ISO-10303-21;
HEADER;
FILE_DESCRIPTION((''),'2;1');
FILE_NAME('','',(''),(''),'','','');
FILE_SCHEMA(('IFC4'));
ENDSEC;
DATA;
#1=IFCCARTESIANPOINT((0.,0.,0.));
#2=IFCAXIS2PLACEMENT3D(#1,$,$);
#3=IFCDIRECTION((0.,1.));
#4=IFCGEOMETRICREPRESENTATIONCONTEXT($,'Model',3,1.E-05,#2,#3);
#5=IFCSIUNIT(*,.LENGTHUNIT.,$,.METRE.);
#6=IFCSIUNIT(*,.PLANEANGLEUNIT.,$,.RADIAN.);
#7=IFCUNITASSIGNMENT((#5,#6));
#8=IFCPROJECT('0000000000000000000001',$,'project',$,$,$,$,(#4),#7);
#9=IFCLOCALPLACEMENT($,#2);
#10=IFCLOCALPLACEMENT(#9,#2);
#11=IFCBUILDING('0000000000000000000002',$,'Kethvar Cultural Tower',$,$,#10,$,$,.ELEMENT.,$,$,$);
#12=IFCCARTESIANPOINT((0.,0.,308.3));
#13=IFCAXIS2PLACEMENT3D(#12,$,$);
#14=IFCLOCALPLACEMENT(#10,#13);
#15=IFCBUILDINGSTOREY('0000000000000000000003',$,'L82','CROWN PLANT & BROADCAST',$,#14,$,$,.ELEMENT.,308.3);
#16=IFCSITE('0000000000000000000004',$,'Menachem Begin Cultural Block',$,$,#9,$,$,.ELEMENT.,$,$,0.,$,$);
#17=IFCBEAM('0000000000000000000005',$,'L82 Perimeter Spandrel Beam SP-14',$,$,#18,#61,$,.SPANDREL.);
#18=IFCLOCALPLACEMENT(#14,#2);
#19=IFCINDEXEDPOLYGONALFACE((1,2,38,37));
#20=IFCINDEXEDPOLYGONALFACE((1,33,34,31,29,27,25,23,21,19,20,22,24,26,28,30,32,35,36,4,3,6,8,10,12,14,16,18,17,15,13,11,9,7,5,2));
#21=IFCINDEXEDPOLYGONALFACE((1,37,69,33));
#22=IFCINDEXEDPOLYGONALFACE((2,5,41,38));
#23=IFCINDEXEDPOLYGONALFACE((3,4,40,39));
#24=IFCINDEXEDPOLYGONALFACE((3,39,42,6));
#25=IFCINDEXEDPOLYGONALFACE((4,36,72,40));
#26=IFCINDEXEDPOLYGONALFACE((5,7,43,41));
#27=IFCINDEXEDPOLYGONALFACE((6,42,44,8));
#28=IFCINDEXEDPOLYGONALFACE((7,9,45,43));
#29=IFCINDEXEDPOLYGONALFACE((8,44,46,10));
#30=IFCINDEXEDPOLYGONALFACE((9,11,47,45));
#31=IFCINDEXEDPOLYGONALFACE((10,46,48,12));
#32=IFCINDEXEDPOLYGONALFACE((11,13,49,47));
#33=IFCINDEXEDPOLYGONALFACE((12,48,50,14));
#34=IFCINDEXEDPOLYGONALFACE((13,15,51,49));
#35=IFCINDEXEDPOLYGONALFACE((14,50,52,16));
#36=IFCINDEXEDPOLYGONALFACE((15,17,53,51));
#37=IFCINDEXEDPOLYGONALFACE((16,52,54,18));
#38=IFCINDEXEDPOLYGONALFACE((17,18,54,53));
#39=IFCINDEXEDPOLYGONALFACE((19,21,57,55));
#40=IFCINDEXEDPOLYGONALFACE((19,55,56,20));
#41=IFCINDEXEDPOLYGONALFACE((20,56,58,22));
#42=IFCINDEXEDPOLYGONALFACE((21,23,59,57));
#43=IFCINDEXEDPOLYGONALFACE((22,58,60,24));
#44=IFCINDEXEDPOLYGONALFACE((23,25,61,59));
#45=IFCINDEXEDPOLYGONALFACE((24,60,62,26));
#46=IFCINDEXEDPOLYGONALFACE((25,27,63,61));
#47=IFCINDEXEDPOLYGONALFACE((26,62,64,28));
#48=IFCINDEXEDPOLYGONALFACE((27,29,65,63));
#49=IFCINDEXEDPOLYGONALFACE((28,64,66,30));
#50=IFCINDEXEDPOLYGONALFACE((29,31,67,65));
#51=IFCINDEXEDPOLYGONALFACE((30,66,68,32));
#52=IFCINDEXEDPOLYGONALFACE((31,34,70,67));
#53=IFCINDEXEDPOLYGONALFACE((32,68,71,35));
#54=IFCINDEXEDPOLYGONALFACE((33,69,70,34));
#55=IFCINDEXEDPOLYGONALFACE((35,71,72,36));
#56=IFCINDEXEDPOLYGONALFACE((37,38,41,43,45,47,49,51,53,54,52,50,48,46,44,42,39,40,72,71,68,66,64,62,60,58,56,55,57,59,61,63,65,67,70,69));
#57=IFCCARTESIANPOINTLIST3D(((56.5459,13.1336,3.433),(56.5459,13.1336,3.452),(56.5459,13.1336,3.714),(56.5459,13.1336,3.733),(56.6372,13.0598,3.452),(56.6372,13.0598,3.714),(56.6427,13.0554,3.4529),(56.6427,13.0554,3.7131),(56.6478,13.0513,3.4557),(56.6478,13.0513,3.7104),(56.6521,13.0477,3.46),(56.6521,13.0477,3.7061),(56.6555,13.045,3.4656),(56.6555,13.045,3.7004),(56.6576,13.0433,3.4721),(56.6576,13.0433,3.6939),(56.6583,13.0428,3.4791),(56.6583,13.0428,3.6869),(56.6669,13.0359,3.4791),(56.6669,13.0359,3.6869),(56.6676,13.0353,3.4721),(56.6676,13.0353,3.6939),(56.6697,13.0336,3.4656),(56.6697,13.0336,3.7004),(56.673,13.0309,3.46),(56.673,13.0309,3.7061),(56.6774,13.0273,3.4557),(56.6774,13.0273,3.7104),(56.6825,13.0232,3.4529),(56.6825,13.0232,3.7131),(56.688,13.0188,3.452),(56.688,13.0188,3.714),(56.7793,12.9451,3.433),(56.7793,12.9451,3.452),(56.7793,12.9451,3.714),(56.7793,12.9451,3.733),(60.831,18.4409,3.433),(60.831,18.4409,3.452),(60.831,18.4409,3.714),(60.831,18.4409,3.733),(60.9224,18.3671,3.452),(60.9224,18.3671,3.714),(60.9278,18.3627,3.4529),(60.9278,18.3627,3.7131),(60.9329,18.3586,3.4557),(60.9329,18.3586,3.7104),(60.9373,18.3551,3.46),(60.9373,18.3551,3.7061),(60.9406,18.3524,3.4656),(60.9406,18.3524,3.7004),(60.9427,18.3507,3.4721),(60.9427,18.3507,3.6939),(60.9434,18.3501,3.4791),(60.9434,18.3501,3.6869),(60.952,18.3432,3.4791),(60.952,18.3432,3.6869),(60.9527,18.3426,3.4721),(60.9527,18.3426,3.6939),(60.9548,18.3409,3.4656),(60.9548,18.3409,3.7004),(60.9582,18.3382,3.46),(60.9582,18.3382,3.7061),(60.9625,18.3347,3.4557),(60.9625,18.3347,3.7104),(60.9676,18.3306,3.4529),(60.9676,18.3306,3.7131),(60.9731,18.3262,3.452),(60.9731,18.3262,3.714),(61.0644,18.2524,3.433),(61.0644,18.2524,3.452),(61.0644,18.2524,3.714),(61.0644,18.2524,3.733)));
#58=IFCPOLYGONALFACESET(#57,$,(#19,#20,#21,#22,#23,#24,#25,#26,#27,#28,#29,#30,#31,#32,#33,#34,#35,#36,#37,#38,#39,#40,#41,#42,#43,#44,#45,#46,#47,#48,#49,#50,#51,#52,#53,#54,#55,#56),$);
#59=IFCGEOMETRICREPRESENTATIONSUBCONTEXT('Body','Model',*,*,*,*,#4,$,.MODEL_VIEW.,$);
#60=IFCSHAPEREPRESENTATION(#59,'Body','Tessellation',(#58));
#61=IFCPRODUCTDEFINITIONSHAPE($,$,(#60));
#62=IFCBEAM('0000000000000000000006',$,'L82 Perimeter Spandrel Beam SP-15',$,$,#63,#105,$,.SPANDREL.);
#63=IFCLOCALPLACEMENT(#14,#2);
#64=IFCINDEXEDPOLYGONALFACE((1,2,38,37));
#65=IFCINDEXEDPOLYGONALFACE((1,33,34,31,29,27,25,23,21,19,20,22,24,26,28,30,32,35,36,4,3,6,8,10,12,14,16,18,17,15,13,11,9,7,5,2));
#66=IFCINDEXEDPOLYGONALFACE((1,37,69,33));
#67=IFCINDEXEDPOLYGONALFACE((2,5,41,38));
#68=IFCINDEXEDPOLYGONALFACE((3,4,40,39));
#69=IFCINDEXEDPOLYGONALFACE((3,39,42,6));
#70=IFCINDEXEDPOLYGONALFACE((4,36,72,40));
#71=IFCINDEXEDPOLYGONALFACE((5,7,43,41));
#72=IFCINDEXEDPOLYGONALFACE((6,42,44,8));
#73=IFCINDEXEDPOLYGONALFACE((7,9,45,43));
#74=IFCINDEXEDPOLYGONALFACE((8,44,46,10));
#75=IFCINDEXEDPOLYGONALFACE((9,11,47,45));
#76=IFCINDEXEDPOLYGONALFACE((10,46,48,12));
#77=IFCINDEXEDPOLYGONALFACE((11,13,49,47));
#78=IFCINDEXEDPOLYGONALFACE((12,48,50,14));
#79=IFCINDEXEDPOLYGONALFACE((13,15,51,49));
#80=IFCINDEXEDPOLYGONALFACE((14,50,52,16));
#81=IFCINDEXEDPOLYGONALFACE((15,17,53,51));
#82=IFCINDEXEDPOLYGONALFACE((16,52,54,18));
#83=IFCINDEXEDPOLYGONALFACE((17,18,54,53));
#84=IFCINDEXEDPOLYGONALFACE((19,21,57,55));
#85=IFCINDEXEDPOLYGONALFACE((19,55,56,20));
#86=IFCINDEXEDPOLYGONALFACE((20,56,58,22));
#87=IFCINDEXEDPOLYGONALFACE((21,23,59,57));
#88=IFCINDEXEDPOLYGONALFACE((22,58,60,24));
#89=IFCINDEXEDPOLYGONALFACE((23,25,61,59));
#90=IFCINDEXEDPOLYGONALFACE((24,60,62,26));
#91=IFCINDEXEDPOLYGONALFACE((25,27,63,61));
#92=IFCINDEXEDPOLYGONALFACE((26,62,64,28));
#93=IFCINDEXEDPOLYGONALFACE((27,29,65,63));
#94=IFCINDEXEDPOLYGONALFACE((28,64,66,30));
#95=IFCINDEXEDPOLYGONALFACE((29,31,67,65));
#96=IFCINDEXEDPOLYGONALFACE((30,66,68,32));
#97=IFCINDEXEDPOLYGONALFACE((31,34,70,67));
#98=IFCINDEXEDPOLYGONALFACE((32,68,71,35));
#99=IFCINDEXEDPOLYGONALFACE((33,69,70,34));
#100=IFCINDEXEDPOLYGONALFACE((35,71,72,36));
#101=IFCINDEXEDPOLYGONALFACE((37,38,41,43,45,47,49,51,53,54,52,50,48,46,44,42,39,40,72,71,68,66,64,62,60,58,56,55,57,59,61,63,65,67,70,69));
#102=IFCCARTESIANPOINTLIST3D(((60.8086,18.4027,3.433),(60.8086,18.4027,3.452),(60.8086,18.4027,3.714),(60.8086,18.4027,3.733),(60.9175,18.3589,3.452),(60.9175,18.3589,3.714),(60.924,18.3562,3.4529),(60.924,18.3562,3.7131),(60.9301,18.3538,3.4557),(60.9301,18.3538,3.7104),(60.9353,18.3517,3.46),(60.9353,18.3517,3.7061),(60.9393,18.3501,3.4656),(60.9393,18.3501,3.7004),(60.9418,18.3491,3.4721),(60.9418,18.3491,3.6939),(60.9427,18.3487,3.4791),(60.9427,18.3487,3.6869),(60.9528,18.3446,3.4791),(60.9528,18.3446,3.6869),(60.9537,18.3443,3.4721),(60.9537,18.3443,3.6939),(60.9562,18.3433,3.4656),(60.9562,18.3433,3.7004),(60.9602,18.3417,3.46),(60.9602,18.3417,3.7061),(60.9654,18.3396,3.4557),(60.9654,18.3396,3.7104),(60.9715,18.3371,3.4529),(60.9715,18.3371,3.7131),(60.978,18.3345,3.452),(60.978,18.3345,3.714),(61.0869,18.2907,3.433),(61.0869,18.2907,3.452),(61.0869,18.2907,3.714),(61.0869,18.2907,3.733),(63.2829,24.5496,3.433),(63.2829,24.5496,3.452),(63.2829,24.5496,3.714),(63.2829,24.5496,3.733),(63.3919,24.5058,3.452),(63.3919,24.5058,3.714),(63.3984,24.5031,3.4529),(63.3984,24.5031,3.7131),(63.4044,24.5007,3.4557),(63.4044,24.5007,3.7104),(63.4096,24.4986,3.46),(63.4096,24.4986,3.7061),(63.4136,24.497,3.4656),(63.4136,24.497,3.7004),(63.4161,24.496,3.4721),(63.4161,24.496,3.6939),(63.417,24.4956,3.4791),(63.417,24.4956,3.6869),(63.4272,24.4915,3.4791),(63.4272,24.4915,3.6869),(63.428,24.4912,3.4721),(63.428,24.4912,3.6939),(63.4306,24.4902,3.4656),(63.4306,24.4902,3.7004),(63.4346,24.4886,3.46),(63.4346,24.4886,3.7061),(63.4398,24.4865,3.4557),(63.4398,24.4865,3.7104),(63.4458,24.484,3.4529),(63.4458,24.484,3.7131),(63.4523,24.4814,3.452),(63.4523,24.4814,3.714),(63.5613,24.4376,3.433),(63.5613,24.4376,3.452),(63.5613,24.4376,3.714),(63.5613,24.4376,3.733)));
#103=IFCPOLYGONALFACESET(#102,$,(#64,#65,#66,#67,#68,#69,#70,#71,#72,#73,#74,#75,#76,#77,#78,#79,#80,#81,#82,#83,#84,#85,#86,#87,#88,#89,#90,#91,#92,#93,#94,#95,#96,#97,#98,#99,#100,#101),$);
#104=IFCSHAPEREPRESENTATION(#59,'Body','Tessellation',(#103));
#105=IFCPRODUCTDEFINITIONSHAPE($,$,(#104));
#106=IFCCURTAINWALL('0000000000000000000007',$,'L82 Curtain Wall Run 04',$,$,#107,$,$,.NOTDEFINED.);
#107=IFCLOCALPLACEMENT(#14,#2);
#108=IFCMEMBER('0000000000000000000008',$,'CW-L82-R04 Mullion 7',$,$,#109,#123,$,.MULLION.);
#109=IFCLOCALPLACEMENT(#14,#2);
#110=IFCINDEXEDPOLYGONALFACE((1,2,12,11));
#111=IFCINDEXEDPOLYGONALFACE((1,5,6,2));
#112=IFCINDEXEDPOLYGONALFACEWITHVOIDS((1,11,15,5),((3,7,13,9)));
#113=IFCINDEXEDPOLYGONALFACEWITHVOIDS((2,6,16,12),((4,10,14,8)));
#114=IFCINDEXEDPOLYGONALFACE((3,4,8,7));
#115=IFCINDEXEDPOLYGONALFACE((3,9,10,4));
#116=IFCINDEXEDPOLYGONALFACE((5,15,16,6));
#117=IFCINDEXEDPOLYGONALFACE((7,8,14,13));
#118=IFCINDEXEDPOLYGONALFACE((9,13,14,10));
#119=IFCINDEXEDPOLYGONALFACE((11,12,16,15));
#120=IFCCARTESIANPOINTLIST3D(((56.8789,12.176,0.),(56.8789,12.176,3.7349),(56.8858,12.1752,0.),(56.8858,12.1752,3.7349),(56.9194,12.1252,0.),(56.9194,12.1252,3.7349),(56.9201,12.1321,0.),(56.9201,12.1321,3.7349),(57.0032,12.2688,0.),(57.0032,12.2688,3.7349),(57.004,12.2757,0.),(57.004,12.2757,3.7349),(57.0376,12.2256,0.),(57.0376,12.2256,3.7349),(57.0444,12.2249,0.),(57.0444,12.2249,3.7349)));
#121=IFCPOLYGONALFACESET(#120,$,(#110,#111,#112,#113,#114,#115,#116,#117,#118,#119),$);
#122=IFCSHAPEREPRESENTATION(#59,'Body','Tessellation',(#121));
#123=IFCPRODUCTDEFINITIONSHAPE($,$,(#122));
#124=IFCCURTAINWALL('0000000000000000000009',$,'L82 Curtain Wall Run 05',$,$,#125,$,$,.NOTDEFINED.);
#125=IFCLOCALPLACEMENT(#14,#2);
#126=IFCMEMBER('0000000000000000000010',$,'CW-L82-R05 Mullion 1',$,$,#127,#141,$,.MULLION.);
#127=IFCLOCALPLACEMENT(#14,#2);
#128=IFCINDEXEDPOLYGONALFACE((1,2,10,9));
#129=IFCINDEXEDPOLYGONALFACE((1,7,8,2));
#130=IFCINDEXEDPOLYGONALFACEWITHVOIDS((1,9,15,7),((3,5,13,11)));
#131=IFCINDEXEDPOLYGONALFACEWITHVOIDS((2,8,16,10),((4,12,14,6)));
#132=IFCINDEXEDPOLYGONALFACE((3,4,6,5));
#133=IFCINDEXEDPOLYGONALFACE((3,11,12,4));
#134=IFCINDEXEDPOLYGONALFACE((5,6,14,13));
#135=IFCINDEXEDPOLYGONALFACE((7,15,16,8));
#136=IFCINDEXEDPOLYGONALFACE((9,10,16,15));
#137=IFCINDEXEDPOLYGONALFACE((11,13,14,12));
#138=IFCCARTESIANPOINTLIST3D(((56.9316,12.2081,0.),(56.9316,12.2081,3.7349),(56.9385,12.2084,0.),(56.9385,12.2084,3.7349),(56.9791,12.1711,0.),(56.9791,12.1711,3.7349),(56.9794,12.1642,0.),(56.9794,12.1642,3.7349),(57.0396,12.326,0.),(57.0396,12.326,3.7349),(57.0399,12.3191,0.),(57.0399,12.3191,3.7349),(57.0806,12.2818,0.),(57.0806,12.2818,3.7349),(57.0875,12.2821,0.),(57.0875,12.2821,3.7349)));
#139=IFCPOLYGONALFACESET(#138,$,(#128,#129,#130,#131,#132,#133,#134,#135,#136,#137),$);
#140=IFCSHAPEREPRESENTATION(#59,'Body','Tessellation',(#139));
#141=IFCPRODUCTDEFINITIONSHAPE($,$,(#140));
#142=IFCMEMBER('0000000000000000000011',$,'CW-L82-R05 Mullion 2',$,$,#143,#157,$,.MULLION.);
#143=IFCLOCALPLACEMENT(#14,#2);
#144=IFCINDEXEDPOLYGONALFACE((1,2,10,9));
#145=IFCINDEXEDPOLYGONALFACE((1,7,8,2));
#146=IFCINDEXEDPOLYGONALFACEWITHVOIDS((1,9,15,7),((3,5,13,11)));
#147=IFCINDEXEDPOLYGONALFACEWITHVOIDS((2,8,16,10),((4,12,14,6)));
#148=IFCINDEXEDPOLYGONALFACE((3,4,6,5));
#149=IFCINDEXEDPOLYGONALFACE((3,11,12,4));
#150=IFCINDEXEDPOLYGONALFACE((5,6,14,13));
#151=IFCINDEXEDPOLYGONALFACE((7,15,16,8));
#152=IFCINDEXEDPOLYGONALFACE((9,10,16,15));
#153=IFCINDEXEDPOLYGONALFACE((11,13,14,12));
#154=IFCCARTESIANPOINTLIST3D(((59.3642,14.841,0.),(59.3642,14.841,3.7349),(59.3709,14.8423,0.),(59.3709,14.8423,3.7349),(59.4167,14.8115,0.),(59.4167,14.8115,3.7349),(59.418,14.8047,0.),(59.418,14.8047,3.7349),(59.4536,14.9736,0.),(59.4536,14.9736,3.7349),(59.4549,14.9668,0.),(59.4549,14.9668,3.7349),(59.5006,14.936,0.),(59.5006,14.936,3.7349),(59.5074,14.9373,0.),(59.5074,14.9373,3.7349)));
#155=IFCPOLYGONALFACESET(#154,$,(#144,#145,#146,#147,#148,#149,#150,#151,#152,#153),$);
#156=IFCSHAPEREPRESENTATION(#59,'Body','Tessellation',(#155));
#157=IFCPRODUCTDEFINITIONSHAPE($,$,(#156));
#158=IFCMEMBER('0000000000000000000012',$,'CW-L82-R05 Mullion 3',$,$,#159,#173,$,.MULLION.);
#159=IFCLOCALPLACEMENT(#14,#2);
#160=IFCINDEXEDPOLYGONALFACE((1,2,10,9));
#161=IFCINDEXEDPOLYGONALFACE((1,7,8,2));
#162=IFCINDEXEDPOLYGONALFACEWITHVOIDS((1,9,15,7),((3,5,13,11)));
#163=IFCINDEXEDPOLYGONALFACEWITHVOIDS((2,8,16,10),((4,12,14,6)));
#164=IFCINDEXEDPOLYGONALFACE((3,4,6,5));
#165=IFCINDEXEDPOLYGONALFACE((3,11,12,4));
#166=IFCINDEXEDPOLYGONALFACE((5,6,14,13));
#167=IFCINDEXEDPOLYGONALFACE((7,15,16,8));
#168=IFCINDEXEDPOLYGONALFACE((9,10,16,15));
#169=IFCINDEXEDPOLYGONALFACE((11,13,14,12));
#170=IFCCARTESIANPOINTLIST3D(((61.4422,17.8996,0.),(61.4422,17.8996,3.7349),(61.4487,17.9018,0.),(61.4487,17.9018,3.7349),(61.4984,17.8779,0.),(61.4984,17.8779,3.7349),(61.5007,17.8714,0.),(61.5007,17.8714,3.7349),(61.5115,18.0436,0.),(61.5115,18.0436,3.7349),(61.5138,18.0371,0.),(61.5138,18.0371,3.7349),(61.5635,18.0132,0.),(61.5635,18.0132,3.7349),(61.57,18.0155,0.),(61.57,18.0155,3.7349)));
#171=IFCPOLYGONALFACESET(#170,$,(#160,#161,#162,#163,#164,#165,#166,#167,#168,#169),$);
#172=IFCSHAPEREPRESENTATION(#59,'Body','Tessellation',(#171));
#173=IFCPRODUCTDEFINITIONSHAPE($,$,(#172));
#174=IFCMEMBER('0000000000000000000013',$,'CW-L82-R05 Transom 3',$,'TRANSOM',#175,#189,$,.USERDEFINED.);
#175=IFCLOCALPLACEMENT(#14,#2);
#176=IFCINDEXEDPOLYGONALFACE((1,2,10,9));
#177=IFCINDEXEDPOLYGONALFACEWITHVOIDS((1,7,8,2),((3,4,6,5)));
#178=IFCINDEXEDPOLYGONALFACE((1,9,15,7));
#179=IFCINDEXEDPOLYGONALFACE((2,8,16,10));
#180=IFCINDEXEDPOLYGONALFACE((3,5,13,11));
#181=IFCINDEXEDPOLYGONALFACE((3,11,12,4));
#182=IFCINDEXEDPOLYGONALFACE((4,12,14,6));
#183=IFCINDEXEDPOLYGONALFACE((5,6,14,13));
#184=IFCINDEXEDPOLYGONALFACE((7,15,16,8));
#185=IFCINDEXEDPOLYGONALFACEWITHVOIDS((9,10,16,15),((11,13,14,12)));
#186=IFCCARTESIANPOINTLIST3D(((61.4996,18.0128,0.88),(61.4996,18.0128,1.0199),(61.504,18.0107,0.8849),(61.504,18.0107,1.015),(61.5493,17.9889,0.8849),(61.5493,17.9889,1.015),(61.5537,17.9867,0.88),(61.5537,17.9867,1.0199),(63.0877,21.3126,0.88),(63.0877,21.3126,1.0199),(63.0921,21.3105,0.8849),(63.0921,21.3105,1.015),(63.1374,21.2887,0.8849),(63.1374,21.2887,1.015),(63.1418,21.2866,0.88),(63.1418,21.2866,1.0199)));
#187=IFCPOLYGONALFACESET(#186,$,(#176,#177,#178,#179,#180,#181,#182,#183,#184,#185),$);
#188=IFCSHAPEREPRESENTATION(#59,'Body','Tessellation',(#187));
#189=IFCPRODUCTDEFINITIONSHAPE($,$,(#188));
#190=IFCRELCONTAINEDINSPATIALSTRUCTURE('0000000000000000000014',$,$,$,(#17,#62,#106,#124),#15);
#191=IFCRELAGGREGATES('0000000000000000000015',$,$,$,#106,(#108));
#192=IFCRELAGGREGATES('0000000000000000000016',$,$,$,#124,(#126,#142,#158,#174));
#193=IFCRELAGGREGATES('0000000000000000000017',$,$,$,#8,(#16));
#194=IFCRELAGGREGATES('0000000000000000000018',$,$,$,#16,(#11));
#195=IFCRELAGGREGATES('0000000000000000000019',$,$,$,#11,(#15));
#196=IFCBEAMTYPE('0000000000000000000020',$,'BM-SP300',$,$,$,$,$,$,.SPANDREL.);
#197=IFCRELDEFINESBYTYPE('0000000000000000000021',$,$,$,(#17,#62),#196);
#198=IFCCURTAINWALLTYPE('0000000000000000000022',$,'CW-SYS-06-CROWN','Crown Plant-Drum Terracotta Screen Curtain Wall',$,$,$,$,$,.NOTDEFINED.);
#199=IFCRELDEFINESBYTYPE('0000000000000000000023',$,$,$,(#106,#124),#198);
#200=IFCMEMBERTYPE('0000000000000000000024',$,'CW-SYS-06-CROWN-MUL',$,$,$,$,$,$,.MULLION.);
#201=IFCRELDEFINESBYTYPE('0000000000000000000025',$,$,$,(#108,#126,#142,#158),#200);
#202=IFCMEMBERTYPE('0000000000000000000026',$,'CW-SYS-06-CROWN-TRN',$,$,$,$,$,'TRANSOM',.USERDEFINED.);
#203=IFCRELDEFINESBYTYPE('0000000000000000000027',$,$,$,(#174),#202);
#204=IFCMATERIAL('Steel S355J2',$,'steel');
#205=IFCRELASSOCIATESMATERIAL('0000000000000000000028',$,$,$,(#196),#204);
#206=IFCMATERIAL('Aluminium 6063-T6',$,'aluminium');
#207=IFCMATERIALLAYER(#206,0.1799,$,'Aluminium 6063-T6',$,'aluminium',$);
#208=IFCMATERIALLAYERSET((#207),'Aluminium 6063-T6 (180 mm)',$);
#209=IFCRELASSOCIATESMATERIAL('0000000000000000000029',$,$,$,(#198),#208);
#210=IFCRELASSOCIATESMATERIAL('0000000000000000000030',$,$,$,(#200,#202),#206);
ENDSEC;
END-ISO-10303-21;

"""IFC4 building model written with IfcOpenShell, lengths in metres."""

from ifc_helpers import new_model, si_unit, direction, frame, origin, origin_2d, place, context, subcontext, project, spatial, hollow_rectangle, i_section, extrude, source, transform, mapped, material, layer, layer_set, material_profile, profile_set, type_object, element, aggregate, save


model = new_model("IFC4")

# Units and contexts
model_context = context("Model", 3, precision=1e-05, world=origin(), true_north=direction((0.0, 1.0)))
body_context = subcontext(model_context, "Body", "Model", "MODEL_VIEW")
ifc_project = project(units=[si_unit("LENGTHUNIT", "METRE"), si_unit("PLANEANGLEUNIT", "RADIAN")], contexts=[model_context])

# Site, building, storey
site_placement = place(None, origin())
site = spatial("IfcSite", under=ifc_project, at=site_placement, Name="Menachem Begin Cultural Block", CompositionType="ELEMENT", RefElevation=0.0)
building_placement = place(site_placement, origin())
building = spatial("IfcBuilding", under=site, at=building_placement, Name="Kethvar Cultural Tower", CompositionType="ELEMENT")
storey_placement = place(building_placement, frame((0.0, 0.0, 308.3)))
storey = spatial("IfcBuildingStorey", under=building, at=storey_placement, Name="L82", Description="CROWN PLANT & BROADCAST", CompositionType="ELEMENT", Elevation=308.3)

# Shared definitions
ifc_material_1 = material(Name="Steel S355J2", Category="steel")

# Beams
ifc_material_profile_1 = material_profile(ifc_material_1, i_section(OverallWidth=0.3, OverallDepth=0.3, WebThickness=0.011, FlangeThickness=0.019, FilletRadius=0.0271, at=origin_2d()), Name="Steel S355J2 — HEB300")
ifc_profile_set_1 = profile_set([ifc_material_profile_1], Name="Steel S355J2 — HEB300")
beam_type_1 = type_object("IfcBeamType", Name="BM-SP300", PredefinedType="SPANDREL", material=ifc_profile_set_1)
shared_shape_1 = source(origin(), body_context, "Body", "SweptSolid", [
    extrude(i_section(OverallWidth=0.3, OverallDepth=0.3, WebThickness=0.011, FlangeThickness=0.019, FilletRadius=0.0271, at=origin_2d()), origin(), (0.0, 0.0, 1.0), 6.8213),
])
beam_1_placement = place(storey_placement, frame((56.6626, 13.0393, 3.583), z_axis=(0.628198, 0.778054, 0.0), x_axis=(-0.778054, 0.628198, 0.0)))
element("IfcBeam", 1, at=beam_1_placement, inside=storey, type_object=beam_type_1, Name="L82 Perimeter Spandrel Beam SP-14", PredefinedType="SPANDREL", context=body_context, shape_type="MappedRepresentation", body=[
    mapped(shared_shape_1, transform((0.0, 0.0, 0.0), scale=1.0)),
])
shared_shape_2 = source(origin(), body_context, "Body", "SweptSolid", [
    extrude(i_section(OverallWidth=0.3, OverallDepth=0.3, WebThickness=0.011, FlangeThickness=0.019, FilletRadius=0.0271, at=origin_2d()), origin(), (0.0, 0.0, 1.0), 6.6262),
])
beam_2_placement = place(storey_placement, frame((60.9478, 18.3467, 3.583), z_axis=(0.373416, 0.927664, 0.0), x_axis=(-0.927664, 0.373416, 0.0)))
element("IfcBeam", 2, at=beam_2_placement, inside=storey, type_object=beam_type_1, Name="L82 Perimeter Spandrel Beam SP-15", PredefinedType="SPANDREL", context=body_context, shape_type="MappedRepresentation", body=[
    mapped(shared_shape_2, transform((0.0, 0.0, 0.0), scale=1.0)),
])

# Curtain wall, member
ifc_material_2 = material(Name="Aluminium 6063-T6", Category="aluminium")
ifc_layer_1 = layer(ifc_material_2, 0.1799, Name="Aluminium 6063-T6", Category="aluminium")
ifc_layer_set_1 = layer_set([ifc_layer_1], Name="Aluminium 6063-T6 (180 mm)")
curtain_wall_type = type_object("IfcCurtainWallType", Name="CW-SYS-06-CROWN", Description="Crown Plant-Drum Terracotta Screen Curtain Wall", PredefinedType="NOTDEFINED", material=ifc_layer_set_1)
curtain_wall_1_placement = place(storey_placement, origin())
curtain_wall_1 = element("IfcCurtainWall", 3, at=curtain_wall_1_placement, inside=storey, type_object=curtain_wall_type, Name="L82 Curtain Wall Run 04", PredefinedType="NOTDEFINED")
ifc_material_profile_2 = material_profile(ifc_material_2, hollow_rectangle(XDim=0.0649, YDim=0.1599, WallThickness=0.0049, at=origin_2d()), Name="Aluminium 6063-T6 — RHS160x65x5")
ifc_profile_set_2 = profile_set([ifc_material_profile_2], Name="Aluminium 6063-T6 — RHS160x65x5")
member_type_1 = type_object("IfcMemberType", Name="CW-SYS-06-CROWN-MUL", PredefinedType="MULLION", material=ifc_profile_set_2)
shared_shape_3 = source(origin(), body_context, "Body", "SweptSolid", [
    extrude(hollow_rectangle(XDim=0.0649, YDim=0.1599, WallThickness=0.0049, at=origin_2d()), origin(), (0.0, 0.0, 1.0), 3.7349),
])
member_1_placement = place(storey_placement, frame((56.9617, 12.2004, 0.0), z_axis=(0.0, 0.0, 1.0), x_axis=(-0.623102, 0.782141, 0.0)))
member_1 = element("IfcMember", 4, at=member_1_placement, type_object=member_type_1, Name="CW-L82-R04 Mullion 7", PredefinedType="MULLION", context=body_context, shape_type="MappedRepresentation", body=[
    mapped(shared_shape_3, transform((0.0, 0.0, 0.0), scale=1.0)),
])

# Curtain wall, members
curtain_wall_2_placement = place(storey_placement, origin())
curtain_wall_2 = element("IfcCurtainWall", 5, at=curtain_wall_2_placement, inside=storey, type_object=curtain_wall_type, Name="L82 Curtain Wall Run 05", PredefinedType="NOTDEFINED")
member_2_placement = place(storey_placement, frame((57.0095, 12.2451, 0.0), z_axis=(0.0, 0.0, 1.0), x_axis=(-0.737041, 0.675848, 0.0)))
member_2 = element("IfcMember", 6, at=member_2_placement, type_object=member_type_1, Name="CW-L82-R05 Mullion 1", PredefinedType="MULLION", context=body_context, shape_type="MappedRepresentation", body=[
    mapped(shared_shape_3, transform((0.0, 0.0, 0.0), scale=1.0)),
])
member_3_placement = place(storey_placement, frame((59.4358, 14.8892, 0.0), z_axis=(0.0, 0.0, 1.0), x_axis=(-0.829145, 0.559034, 0.0)))
member_3 = element("IfcMember", 7, at=member_3_placement, type_object=member_type_1, Name="CW-L82-R05 Mullion 2", PredefinedType="MULLION", context=body_context, shape_type="MappedRepresentation", body=[
    mapped(shared_shape_3, transform((0.0, 0.0, 0.0), scale=1.0)),
])
member_4_placement = place(storey_placement, frame((61.5061, 17.9575, 0.0), z_axis=(0.0, 0.0, 1.0), x_axis=(-0.901062, 0.433691, 0.0)))
member_4 = element("IfcMember", 8, at=member_4_placement, type_object=member_type_1, Name="CW-L82-R05 Mullion 3", PredefinedType="MULLION", context=body_context, shape_type="MappedRepresentation", body=[
    mapped(shared_shape_3, transform((0.0, 0.0, 0.0), scale=1.0)),
])
ifc_material_profile_3 = material_profile(ifc_material_2, hollow_rectangle(XDim=0.0601, YDim=0.1399, WallThickness=0.0049, at=origin_2d()), Name="Aluminium 6063-T6 — RHS140x60x5")
ifc_profile_set_3 = profile_set([ifc_material_profile_3], Name="Aluminium 6063-T6 — RHS140x60x5")
member_type_2 = type_object("IfcMemberType", Name="CW-SYS-06-CROWN-TRN", ElementType="TRANSOM", PredefinedType="USERDEFINED", material=ifc_profile_set_3)
shared_shape_4 = source(origin(), body_context, "Body", "SweptSolid", [
    extrude(hollow_rectangle(XDim=0.0601, YDim=0.1399, WallThickness=0.0049, at=origin_2d()), origin(), (0.0, 0.0, 1.0), 3.6621),
])
member_5_placement = place(storey_placement, frame((61.5266, 17.9998, 0.95), z_axis=(0.433669, 0.901072, 0.0), x_axis=(-0.901072, 0.433669, 0.0)))
member_5 = element("IfcMember", 9, at=member_5_placement, type_object=member_type_2, Name="CW-L82-R05 Transom 3", ObjectType="TRANSOM", PredefinedType="USERDEFINED", context=body_context, shape_type="MappedRepresentation", body=[
    mapped(shared_shape_4, transform((0.0, 0.0, 0.0), scale=1.0)),
])

aggregate(curtain_wall_1, [member_1])
aggregate(curtain_wall_2, [member_2, member_3, member_4, member_5])

save(model, "model.ifc")
